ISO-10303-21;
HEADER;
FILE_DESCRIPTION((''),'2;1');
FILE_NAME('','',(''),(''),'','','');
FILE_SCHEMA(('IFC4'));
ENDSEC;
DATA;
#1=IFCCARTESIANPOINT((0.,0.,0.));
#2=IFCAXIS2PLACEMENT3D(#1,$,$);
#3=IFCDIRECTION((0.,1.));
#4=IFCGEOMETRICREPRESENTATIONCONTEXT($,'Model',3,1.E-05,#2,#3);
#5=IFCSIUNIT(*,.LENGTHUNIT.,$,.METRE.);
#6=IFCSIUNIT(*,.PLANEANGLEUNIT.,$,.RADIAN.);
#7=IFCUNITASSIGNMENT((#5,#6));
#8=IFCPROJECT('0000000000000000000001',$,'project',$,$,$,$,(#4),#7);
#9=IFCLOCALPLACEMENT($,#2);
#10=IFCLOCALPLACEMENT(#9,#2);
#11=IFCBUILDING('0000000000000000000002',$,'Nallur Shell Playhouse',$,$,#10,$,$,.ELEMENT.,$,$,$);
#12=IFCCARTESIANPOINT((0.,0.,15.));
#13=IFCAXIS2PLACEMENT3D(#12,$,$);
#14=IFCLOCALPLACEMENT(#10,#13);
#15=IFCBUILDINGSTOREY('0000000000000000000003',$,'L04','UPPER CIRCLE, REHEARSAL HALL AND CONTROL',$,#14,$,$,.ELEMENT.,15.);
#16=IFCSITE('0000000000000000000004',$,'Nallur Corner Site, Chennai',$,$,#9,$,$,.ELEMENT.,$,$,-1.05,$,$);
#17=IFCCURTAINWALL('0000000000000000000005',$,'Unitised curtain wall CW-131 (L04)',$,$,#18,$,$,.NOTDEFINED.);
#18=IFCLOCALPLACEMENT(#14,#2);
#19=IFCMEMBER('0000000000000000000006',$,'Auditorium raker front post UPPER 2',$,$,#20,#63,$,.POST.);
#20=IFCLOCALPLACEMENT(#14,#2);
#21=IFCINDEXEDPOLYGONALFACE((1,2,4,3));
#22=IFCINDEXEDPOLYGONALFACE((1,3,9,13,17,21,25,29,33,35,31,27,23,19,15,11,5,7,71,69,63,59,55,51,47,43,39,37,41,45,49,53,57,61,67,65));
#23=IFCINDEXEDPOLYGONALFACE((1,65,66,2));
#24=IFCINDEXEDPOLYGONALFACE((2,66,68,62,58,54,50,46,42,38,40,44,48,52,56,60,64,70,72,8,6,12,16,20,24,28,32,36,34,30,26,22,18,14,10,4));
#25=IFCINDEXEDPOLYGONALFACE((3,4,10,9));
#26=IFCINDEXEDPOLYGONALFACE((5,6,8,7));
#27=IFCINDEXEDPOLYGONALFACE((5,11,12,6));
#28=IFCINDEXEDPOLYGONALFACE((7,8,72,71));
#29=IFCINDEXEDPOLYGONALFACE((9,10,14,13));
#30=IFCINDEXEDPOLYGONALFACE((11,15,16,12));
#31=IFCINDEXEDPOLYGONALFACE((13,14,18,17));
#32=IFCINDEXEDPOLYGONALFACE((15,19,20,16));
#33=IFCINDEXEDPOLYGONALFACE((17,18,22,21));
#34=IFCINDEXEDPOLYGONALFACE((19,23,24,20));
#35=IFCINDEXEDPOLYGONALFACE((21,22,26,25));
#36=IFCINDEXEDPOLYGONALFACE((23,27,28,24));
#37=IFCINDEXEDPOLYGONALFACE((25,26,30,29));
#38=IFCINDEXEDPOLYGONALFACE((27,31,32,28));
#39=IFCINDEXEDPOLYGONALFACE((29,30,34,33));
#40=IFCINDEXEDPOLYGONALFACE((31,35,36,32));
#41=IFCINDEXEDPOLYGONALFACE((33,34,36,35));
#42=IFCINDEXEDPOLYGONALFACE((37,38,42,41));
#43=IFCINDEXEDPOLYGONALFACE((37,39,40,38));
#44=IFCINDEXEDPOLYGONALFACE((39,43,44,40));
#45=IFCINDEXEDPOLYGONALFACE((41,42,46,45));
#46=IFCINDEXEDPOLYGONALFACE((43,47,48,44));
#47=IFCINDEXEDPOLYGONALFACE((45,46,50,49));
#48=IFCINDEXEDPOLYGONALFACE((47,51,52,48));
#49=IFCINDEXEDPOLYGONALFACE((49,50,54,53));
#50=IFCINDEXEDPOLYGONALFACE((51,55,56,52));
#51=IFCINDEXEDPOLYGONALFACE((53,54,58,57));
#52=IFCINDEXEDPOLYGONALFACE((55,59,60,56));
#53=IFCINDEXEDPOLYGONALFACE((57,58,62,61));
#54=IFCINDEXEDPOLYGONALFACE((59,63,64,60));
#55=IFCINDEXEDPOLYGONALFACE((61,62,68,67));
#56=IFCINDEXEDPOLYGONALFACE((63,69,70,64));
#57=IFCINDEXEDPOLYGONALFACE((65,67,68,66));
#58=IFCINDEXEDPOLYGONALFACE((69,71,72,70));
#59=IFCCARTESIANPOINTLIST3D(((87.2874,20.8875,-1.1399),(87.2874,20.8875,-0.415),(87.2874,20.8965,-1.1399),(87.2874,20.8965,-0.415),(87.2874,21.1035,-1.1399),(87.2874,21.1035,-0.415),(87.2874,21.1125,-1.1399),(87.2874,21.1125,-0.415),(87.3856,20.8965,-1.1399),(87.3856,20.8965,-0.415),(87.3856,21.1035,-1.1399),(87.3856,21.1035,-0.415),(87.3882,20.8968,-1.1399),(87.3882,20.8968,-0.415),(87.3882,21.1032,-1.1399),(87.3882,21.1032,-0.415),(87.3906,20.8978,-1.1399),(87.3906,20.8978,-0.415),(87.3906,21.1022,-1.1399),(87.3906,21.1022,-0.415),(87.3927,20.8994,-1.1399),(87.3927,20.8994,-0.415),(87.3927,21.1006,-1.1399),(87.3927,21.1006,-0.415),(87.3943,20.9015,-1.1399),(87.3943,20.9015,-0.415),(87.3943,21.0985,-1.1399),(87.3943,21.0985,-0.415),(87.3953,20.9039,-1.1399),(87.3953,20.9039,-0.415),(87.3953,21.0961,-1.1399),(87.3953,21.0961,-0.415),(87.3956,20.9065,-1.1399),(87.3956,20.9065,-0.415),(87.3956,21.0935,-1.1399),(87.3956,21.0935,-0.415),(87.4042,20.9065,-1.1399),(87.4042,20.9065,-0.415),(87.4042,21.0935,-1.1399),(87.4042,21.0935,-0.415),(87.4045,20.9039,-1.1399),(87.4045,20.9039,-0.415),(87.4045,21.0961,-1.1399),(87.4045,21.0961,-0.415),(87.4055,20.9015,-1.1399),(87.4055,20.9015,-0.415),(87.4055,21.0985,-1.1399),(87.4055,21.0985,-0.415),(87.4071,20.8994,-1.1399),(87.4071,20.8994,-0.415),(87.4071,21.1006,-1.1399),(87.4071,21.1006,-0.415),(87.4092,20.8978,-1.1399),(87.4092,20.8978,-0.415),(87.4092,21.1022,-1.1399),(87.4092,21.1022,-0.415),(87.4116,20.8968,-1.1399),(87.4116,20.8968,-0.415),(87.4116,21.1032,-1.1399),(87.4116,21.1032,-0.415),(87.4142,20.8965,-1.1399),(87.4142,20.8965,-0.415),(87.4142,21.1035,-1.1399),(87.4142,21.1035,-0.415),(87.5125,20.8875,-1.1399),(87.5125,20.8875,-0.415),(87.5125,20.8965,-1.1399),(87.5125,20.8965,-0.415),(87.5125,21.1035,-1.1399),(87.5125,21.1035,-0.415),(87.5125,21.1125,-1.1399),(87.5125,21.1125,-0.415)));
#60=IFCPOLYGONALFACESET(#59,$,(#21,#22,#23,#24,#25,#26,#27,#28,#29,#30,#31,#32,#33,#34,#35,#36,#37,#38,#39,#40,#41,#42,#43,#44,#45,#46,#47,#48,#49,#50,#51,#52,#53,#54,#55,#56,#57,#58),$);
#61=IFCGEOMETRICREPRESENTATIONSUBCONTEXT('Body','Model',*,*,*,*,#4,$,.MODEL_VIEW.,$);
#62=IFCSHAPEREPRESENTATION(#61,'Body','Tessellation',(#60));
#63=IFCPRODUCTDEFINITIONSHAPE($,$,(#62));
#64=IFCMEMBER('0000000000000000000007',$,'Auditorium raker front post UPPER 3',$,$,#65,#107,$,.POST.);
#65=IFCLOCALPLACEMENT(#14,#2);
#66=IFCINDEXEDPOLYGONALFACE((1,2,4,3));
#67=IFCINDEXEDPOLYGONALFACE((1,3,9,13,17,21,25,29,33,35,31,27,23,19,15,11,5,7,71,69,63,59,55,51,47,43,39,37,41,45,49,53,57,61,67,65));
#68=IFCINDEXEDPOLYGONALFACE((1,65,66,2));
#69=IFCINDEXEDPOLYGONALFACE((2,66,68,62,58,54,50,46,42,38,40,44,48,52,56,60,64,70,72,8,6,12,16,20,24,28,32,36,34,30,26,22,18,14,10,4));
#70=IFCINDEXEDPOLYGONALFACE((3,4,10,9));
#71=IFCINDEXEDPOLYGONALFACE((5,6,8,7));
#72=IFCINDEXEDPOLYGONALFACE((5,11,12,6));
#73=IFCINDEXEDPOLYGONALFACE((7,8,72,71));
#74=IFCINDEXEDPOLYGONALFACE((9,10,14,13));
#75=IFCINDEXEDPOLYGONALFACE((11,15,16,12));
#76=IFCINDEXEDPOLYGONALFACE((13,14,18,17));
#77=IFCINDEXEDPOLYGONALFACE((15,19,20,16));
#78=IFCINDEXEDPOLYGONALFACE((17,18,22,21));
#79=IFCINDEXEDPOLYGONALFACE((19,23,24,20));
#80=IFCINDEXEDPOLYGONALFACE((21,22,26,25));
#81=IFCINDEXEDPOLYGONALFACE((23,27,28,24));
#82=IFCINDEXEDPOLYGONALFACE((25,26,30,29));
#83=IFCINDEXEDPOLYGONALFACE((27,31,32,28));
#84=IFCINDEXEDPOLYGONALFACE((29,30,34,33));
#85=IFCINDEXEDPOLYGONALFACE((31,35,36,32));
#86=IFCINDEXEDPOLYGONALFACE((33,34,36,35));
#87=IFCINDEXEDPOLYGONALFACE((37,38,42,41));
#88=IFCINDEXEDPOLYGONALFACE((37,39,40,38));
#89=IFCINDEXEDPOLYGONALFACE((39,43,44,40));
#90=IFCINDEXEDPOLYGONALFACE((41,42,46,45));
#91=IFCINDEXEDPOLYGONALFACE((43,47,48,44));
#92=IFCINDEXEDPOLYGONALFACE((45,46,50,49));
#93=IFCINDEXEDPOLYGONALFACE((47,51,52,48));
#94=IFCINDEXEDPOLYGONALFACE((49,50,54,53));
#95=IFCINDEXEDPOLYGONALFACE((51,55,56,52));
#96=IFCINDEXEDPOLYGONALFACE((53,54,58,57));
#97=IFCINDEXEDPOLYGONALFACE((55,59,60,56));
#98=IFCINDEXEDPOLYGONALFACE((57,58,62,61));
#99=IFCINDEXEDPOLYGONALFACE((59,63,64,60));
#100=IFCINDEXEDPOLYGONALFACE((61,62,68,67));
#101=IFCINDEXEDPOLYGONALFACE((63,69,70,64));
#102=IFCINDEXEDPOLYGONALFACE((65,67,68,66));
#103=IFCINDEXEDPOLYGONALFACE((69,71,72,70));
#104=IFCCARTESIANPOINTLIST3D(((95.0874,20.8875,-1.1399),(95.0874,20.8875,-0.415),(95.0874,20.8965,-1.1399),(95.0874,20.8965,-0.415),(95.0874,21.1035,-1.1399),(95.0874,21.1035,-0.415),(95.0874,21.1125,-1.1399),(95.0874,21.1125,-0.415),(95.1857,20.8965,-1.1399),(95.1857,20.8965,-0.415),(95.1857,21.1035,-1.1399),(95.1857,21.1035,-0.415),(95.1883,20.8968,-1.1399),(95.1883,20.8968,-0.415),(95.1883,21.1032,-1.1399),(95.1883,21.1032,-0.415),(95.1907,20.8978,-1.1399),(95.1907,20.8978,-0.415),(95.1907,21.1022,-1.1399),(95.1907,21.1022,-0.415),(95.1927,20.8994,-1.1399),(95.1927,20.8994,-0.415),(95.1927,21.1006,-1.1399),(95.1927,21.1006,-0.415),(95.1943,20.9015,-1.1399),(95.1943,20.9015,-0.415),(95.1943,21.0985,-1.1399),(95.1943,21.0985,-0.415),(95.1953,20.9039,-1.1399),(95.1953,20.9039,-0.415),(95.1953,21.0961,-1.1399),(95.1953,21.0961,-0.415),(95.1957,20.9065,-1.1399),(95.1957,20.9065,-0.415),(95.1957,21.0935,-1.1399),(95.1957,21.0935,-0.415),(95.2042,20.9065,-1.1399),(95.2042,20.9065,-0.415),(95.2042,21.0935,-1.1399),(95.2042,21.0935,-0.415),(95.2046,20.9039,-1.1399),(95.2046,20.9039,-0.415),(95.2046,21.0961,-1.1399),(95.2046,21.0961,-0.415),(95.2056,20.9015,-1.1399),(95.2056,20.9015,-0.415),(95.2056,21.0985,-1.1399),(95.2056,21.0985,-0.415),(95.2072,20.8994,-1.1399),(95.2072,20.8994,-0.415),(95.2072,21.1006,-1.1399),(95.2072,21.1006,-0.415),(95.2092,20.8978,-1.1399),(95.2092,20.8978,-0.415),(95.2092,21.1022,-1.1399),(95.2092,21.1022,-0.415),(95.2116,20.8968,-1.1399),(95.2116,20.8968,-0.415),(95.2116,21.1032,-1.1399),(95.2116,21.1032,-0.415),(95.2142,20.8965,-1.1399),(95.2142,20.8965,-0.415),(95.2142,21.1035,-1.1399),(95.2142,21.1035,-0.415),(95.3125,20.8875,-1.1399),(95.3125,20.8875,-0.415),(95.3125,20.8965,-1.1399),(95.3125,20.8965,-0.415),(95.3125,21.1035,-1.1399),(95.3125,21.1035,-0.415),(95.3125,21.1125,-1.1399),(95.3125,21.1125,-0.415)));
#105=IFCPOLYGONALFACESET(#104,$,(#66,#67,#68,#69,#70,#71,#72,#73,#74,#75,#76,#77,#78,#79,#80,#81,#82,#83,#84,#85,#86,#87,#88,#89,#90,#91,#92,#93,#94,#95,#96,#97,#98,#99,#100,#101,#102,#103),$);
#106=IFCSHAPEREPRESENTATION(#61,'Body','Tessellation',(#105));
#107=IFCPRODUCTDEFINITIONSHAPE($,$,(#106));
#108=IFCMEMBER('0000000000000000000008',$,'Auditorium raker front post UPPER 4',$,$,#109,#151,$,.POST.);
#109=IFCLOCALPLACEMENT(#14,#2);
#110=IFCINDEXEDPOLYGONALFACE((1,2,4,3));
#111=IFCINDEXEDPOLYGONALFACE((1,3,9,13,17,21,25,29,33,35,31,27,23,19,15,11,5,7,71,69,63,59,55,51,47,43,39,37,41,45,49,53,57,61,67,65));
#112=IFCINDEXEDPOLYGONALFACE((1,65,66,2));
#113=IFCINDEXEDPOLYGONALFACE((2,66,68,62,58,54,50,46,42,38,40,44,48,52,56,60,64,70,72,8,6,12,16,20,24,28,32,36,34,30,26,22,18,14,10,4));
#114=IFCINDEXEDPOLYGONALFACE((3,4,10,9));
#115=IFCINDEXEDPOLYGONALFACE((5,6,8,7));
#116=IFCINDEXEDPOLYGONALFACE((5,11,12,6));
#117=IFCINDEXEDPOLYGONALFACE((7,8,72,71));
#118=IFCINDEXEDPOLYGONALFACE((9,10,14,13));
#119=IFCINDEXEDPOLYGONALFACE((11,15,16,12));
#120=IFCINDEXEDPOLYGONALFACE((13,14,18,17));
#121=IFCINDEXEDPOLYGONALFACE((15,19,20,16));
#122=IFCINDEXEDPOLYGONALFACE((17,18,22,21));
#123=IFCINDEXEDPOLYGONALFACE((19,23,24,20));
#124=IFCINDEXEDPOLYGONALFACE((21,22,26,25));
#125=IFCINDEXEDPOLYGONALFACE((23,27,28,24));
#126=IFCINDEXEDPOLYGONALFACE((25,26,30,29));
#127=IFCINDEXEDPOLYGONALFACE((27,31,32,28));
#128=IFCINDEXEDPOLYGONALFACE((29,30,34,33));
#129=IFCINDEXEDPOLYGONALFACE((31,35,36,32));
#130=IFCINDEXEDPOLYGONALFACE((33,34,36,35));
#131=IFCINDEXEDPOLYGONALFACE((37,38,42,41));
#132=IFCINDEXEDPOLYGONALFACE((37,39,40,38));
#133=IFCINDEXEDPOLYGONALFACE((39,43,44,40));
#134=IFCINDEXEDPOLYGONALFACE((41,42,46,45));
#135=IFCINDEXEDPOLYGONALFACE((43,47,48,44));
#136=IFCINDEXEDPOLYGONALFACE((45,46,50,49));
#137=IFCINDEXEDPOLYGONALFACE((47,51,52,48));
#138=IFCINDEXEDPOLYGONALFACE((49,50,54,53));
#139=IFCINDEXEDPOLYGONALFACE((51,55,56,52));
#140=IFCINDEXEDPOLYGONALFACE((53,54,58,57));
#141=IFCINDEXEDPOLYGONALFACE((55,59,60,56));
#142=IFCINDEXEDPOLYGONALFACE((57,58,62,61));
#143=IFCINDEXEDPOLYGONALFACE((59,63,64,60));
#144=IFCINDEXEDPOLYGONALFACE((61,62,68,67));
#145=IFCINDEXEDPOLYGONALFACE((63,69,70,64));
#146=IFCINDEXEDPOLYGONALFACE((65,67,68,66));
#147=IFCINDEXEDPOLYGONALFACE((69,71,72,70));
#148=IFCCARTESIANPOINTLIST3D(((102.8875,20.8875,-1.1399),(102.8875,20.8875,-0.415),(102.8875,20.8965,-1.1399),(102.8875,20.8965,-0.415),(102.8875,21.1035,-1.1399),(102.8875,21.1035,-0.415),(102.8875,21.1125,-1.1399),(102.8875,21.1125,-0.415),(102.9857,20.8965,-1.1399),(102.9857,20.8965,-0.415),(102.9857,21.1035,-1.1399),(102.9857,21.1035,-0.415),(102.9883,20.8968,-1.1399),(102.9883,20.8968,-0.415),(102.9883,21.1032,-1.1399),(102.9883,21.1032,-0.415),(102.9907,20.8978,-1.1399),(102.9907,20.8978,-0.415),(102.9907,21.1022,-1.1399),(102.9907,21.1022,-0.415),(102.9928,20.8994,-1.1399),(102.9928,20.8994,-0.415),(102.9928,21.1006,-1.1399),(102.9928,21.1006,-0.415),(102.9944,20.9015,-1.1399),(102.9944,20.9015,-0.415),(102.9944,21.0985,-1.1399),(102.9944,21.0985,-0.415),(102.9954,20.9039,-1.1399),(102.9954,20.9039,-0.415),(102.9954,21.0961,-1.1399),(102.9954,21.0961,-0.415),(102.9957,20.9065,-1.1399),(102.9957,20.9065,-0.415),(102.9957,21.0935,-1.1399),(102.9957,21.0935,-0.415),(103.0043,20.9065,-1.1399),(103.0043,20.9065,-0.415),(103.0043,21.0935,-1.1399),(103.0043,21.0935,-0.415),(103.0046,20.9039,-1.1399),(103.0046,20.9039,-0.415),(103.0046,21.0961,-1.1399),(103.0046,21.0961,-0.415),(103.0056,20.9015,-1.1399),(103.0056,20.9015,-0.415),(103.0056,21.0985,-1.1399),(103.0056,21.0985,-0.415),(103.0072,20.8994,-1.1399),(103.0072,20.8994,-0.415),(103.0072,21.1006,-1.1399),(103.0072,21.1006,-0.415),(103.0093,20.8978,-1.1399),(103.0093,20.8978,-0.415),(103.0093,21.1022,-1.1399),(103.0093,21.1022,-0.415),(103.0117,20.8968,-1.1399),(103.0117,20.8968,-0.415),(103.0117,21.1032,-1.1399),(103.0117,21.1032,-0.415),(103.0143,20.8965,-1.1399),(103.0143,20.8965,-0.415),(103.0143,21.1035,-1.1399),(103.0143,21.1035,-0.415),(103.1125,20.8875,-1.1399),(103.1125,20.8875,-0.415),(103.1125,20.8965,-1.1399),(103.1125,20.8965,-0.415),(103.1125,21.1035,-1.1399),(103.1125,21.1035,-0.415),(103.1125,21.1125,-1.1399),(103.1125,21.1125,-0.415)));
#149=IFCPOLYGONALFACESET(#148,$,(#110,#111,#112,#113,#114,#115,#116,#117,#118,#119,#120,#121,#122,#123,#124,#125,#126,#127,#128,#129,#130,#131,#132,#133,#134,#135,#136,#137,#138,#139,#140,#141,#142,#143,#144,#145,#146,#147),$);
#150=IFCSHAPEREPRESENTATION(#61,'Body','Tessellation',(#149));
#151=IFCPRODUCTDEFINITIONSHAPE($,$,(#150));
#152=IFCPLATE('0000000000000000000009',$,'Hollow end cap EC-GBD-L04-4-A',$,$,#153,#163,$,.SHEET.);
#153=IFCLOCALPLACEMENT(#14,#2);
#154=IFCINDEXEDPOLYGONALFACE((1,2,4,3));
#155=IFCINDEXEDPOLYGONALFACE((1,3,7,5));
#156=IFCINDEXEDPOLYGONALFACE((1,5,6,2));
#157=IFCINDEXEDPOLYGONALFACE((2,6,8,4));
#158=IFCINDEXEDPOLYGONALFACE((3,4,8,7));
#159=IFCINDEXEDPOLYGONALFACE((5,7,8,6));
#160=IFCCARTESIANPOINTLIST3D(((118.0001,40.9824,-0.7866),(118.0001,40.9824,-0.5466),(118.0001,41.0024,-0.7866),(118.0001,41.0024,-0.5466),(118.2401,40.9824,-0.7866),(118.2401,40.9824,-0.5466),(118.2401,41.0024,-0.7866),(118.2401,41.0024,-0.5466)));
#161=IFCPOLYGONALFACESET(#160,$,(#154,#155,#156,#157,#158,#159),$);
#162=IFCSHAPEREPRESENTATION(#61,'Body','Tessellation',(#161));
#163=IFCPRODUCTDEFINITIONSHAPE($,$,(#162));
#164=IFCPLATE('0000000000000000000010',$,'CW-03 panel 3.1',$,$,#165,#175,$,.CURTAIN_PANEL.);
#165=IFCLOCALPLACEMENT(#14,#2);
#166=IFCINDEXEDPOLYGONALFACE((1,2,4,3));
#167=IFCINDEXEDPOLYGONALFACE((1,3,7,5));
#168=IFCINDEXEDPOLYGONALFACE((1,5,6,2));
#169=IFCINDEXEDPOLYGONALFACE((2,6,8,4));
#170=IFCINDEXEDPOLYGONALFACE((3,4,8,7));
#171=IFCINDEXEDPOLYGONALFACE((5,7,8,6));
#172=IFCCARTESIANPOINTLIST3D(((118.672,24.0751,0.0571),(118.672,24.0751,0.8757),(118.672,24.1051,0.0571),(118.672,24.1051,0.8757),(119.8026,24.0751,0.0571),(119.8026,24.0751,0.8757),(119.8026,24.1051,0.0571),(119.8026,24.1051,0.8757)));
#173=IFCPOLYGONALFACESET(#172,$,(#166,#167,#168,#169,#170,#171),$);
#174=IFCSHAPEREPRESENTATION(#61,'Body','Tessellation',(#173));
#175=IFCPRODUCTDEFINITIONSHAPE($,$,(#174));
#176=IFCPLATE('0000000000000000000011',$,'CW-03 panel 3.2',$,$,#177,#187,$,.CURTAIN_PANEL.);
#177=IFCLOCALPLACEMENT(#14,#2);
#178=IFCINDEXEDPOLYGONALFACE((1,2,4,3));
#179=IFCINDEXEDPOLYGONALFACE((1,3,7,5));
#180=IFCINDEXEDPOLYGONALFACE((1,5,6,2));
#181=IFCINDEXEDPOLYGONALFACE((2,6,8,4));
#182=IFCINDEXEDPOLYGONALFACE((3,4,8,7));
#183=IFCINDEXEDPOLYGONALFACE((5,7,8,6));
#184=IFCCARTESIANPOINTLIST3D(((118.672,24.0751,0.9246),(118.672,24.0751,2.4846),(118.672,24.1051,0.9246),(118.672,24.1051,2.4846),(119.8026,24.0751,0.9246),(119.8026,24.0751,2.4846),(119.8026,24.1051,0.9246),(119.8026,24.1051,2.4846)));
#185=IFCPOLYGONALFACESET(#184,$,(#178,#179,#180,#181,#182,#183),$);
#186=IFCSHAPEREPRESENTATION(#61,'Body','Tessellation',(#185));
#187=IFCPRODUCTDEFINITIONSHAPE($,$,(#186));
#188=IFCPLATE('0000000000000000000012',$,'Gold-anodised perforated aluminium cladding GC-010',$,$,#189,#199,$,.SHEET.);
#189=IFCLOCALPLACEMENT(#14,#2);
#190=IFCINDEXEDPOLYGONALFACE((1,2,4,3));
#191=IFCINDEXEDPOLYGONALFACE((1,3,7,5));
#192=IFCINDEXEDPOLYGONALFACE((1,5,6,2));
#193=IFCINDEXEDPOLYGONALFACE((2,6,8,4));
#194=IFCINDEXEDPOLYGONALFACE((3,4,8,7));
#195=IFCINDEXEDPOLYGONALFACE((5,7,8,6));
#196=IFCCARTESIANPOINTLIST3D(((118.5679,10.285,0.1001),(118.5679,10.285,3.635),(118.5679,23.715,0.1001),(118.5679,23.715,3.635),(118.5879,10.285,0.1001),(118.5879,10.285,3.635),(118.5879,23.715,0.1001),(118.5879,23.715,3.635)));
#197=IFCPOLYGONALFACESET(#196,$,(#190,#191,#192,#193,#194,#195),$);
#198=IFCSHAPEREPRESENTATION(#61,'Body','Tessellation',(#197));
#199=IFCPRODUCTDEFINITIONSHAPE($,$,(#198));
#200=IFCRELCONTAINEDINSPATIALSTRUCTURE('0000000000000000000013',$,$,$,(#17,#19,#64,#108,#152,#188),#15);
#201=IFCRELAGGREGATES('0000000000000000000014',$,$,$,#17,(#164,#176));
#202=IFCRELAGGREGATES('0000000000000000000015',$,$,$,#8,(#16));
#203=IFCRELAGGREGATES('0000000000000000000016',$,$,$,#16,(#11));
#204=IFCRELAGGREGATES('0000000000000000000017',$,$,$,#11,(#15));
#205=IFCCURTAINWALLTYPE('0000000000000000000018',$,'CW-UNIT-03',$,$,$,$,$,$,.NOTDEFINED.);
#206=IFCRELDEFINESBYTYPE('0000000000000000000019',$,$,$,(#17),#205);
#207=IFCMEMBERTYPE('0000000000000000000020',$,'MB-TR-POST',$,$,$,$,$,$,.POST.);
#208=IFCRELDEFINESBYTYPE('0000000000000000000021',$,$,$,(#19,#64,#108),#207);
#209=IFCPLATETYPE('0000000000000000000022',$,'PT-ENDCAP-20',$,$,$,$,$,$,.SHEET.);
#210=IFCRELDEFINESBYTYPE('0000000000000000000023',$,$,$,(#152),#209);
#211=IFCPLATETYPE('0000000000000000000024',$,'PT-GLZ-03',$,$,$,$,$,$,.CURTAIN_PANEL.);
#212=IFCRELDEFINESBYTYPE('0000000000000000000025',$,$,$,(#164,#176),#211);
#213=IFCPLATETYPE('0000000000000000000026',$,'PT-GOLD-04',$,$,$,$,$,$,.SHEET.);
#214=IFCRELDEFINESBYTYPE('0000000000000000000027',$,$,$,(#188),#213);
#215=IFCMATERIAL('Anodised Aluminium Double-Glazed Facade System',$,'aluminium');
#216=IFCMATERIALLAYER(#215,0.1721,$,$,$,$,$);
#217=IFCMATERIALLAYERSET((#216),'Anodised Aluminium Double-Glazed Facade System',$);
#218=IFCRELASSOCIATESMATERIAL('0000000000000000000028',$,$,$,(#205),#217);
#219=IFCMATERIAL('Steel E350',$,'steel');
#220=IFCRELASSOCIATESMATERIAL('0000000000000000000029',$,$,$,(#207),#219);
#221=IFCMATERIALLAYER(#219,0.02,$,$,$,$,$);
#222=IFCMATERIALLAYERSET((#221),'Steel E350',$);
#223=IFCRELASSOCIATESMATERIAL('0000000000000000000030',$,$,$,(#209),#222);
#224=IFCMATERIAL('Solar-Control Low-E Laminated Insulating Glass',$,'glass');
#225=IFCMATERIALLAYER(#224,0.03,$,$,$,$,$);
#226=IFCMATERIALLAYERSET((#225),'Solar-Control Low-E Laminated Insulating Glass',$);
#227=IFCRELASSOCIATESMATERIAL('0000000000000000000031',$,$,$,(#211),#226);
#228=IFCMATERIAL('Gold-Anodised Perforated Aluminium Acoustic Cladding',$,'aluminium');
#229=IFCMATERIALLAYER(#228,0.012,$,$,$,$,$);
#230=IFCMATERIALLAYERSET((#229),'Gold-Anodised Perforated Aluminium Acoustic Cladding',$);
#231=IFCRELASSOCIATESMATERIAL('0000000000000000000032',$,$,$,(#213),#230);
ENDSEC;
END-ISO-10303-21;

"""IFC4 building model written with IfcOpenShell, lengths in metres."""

from ifc_helpers import new_model, si_unit, direction, frame, origin, origin_2d, place, context, subcontext, project, spatial, rectangle, i_section, extrude, material, layer, layer_set, material_profile, profile_set, type_object, element, aggregate, save


model = new_model("IFC4")

# Units and contexts
model_context = context("Model", 3, precision=1e-05, world=origin(), true_north=direction((0.0, 1.0)))
body_context = subcontext(model_context, "Body", "Model", "MODEL_VIEW")
ifc_project = project(units=[si_unit("LENGTHUNIT", "METRE"), si_unit("PLANEANGLEUNIT", "RADIAN")], contexts=[model_context])

# Site, building, storey
site_placement = place(None, origin())
site = spatial("IfcSite", under=ifc_project, at=site_placement, Name="Nallur Corner Site, Chennai", CompositionType="ELEMENT", RefElevation=-1.05)
building_placement = place(site_placement, origin())
building = spatial("IfcBuilding", under=site, at=building_placement, Name="Nallur Shell Playhouse", CompositionType="ELEMENT")
storey_placement = place(building_placement, frame((0.0, 0.0, 15.0)))
storey = spatial("IfcBuildingStorey", under=building, at=storey_placement, Name="L04", Description="UPPER CIRCLE, REHEARSAL HALL AND CONTROL", CompositionType="ELEMENT", Elevation=15.0)

# Curtain wall
ifc_material_1 = material(Name="Anodised Aluminium Double-Glazed Facade System", Category="aluminium")
ifc_layer_1 = layer(ifc_material_1, 0.1721)
ifc_layer_set_1 = layer_set([ifc_layer_1], Name="Anodised Aluminium Double-Glazed Facade System")
curtain_wall_type = type_object("IfcCurtainWallType", Name="CW-UNIT-03", PredefinedType="NOTDEFINED", material=ifc_layer_set_1)
curtain_wall_placement = place(storey_placement, origin())
curtain_wall = element("IfcCurtainWall", 1, at=curtain_wall_placement, inside=storey, type_object=curtain_wall_type, Name="Unitised curtain wall CW-131 (L04)", PredefinedType="NOTDEFINED")

# Members
ifc_material_2 = material(Name="Steel E350", Category="steel")
ifc_material_profile_1 = material_profile(ifc_material_2, i_section(OverallWidth=0.2251, OverallDepth=0.2251, WebThickness=0.0085, FlangeThickness=0.009, FilletRadius=0.01, at=origin_2d()), Name="ISHB 225")
ifc_profile_set_1 = profile_set([ifc_material_profile_1], Name="Steel E350")
member_type_1 = type_object("IfcMemberType", Name="MB-TR-POST", PredefinedType="POST", material=ifc_profile_set_1)
for number, where, z_axis, x_axis, name in (
    (2, (87.3999, 21.0, -1.1399), (0.0, 0.0, 1.0), (1.0, 0.0, 0.0), "Auditorium raker front post UPPER 2"),
    (3, (95.2, 21.0, -1.1399), (0.0, 0.0, 1.0), (1.0, 0.0, 0.0), "Auditorium raker front post UPPER 3"),
    (4, (103.0, 21.0, -1.1399), (0.0, 0.0, 1.0), (1.0, 0.0, 0.0), "Auditorium raker front post UPPER 4"),
):
    element("IfcMember", number, at=place(storey_placement, frame(where, z_axis=z_axis, x_axis=x_axis)), inside=storey, type_object=member_type_1, Name=name, PredefinedType="POST", context=body_context, shape_type="SweptSolid", body=[
        extrude(i_section(OverallWidth=0.2251, OverallDepth=0.2251, WebThickness=0.0085, FlangeThickness=0.009, FilletRadius=0.01, at=origin_2d()), origin(), (0.0, 0.0, 1.0), 0.7249),
    ])

# Plates
ifc_layer_2 = layer(ifc_material_2, 0.02)
ifc_layer_set_2 = layer_set([ifc_layer_2], Name="Steel E350")
plate_type_1 = type_object("IfcPlateType", Name="PT-ENDCAP-20", PredefinedType="SHEET", material=ifc_layer_set_2)
plate_1_placement = place(storey_placement, frame((118.1201, 40.9924, -0.7866), z_axis=(0.0, 0.0, 1.0), x_axis=(1.0, 0.0, 0.0)))
element("IfcPlate", 5, at=plate_1_placement, inside=storey, type_object=plate_type_1, Name="Hollow end cap EC-GBD-L04-4-A", PredefinedType="SHEET", context=body_context, shape_type="SweptSolid", body=[
    extrude(rectangle(XDim=0.24, YDim=0.02, at=origin_2d()), origin(), (0.0, 0.0, 1.0), 0.24),
])
ifc_material_3 = material(Name="Solar-Control Low-E Laminated Insulating Glass", Category="glass")
ifc_layer_3 = layer(ifc_material_3, 0.03)
ifc_layer_set_3 = layer_set([ifc_layer_3], Name="Solar-Control Low-E Laminated Insulating Glass")
plate_type_2 = type_object("IfcPlateType", Name="PT-GLZ-03", PredefinedType="CURTAIN_PANEL", material=ifc_layer_set_3)
plate_2_placement = place(storey_placement, frame((119.2373, 24.0901, 0.0571), z_axis=(0.0, 0.0, 1.0), x_axis=(-1.0, 0.0, 0.0)))
plate_2 = element("IfcPlate", 6, at=plate_2_placement, type_object=plate_type_2, Name="CW-03 panel 3.1", PredefinedType="CURTAIN_PANEL", context=body_context, shape_type="SweptSolid", body=[
    extrude(rectangle(XDim=1.1306, YDim=0.03, at=origin_2d()), origin(), (0.0, 0.0, 1.0), 0.8186),
])
plate_3_placement = place(storey_placement, frame((119.2373, 24.0901, 0.9246), z_axis=(0.0, 0.0, 1.0), x_axis=(-1.0, 0.0, 0.0)))
plate_3 = element("IfcPlate", 7, at=plate_3_placement, type_object=plate_type_2, Name="CW-03 panel 3.2", PredefinedType="CURTAIN_PANEL", context=body_context, shape_type="SweptSolid", body=[
    extrude(rectangle(XDim=1.1306, YDim=0.03, at=origin_2d()), origin(), (0.0, 0.0, 1.0), 1.5601),
])
aggregate(curtain_wall, [plate_2, plate_3])
ifc_material_4 = material(Name="Gold-Anodised Perforated Aluminium Acoustic Cladding", Category="aluminium")
ifc_layer_4 = layer(ifc_material_4, 0.012)
ifc_layer_set_4 = layer_set([ifc_layer_4], Name="Gold-Anodised Perforated Aluminium Acoustic Cladding")
plate_type_3 = type_object("IfcPlateType", Name="PT-GOLD-04", PredefinedType="SHEET", material=ifc_layer_set_4)
plate_4_placement = place(storey_placement, frame((118.5779, 17.0, 0.1001), z_axis=(0.0, 0.0, 1.0), x_axis=(0.0, -1.0, 0.0)))
element("IfcPlate", 8, at=plate_4_placement, inside=storey, type_object=plate_type_3, Name="Gold-anodised perforated aluminium cladding GC-010", PredefinedType="SHEET", context=body_context, shape_type="SweptSolid", body=[
    extrude(rectangle(XDim=13.4299, YDim=0.02, at=origin_2d()), origin(), (0.0, 0.0, 1.0), 3.5349),
])

save(model, "model.ifc")
